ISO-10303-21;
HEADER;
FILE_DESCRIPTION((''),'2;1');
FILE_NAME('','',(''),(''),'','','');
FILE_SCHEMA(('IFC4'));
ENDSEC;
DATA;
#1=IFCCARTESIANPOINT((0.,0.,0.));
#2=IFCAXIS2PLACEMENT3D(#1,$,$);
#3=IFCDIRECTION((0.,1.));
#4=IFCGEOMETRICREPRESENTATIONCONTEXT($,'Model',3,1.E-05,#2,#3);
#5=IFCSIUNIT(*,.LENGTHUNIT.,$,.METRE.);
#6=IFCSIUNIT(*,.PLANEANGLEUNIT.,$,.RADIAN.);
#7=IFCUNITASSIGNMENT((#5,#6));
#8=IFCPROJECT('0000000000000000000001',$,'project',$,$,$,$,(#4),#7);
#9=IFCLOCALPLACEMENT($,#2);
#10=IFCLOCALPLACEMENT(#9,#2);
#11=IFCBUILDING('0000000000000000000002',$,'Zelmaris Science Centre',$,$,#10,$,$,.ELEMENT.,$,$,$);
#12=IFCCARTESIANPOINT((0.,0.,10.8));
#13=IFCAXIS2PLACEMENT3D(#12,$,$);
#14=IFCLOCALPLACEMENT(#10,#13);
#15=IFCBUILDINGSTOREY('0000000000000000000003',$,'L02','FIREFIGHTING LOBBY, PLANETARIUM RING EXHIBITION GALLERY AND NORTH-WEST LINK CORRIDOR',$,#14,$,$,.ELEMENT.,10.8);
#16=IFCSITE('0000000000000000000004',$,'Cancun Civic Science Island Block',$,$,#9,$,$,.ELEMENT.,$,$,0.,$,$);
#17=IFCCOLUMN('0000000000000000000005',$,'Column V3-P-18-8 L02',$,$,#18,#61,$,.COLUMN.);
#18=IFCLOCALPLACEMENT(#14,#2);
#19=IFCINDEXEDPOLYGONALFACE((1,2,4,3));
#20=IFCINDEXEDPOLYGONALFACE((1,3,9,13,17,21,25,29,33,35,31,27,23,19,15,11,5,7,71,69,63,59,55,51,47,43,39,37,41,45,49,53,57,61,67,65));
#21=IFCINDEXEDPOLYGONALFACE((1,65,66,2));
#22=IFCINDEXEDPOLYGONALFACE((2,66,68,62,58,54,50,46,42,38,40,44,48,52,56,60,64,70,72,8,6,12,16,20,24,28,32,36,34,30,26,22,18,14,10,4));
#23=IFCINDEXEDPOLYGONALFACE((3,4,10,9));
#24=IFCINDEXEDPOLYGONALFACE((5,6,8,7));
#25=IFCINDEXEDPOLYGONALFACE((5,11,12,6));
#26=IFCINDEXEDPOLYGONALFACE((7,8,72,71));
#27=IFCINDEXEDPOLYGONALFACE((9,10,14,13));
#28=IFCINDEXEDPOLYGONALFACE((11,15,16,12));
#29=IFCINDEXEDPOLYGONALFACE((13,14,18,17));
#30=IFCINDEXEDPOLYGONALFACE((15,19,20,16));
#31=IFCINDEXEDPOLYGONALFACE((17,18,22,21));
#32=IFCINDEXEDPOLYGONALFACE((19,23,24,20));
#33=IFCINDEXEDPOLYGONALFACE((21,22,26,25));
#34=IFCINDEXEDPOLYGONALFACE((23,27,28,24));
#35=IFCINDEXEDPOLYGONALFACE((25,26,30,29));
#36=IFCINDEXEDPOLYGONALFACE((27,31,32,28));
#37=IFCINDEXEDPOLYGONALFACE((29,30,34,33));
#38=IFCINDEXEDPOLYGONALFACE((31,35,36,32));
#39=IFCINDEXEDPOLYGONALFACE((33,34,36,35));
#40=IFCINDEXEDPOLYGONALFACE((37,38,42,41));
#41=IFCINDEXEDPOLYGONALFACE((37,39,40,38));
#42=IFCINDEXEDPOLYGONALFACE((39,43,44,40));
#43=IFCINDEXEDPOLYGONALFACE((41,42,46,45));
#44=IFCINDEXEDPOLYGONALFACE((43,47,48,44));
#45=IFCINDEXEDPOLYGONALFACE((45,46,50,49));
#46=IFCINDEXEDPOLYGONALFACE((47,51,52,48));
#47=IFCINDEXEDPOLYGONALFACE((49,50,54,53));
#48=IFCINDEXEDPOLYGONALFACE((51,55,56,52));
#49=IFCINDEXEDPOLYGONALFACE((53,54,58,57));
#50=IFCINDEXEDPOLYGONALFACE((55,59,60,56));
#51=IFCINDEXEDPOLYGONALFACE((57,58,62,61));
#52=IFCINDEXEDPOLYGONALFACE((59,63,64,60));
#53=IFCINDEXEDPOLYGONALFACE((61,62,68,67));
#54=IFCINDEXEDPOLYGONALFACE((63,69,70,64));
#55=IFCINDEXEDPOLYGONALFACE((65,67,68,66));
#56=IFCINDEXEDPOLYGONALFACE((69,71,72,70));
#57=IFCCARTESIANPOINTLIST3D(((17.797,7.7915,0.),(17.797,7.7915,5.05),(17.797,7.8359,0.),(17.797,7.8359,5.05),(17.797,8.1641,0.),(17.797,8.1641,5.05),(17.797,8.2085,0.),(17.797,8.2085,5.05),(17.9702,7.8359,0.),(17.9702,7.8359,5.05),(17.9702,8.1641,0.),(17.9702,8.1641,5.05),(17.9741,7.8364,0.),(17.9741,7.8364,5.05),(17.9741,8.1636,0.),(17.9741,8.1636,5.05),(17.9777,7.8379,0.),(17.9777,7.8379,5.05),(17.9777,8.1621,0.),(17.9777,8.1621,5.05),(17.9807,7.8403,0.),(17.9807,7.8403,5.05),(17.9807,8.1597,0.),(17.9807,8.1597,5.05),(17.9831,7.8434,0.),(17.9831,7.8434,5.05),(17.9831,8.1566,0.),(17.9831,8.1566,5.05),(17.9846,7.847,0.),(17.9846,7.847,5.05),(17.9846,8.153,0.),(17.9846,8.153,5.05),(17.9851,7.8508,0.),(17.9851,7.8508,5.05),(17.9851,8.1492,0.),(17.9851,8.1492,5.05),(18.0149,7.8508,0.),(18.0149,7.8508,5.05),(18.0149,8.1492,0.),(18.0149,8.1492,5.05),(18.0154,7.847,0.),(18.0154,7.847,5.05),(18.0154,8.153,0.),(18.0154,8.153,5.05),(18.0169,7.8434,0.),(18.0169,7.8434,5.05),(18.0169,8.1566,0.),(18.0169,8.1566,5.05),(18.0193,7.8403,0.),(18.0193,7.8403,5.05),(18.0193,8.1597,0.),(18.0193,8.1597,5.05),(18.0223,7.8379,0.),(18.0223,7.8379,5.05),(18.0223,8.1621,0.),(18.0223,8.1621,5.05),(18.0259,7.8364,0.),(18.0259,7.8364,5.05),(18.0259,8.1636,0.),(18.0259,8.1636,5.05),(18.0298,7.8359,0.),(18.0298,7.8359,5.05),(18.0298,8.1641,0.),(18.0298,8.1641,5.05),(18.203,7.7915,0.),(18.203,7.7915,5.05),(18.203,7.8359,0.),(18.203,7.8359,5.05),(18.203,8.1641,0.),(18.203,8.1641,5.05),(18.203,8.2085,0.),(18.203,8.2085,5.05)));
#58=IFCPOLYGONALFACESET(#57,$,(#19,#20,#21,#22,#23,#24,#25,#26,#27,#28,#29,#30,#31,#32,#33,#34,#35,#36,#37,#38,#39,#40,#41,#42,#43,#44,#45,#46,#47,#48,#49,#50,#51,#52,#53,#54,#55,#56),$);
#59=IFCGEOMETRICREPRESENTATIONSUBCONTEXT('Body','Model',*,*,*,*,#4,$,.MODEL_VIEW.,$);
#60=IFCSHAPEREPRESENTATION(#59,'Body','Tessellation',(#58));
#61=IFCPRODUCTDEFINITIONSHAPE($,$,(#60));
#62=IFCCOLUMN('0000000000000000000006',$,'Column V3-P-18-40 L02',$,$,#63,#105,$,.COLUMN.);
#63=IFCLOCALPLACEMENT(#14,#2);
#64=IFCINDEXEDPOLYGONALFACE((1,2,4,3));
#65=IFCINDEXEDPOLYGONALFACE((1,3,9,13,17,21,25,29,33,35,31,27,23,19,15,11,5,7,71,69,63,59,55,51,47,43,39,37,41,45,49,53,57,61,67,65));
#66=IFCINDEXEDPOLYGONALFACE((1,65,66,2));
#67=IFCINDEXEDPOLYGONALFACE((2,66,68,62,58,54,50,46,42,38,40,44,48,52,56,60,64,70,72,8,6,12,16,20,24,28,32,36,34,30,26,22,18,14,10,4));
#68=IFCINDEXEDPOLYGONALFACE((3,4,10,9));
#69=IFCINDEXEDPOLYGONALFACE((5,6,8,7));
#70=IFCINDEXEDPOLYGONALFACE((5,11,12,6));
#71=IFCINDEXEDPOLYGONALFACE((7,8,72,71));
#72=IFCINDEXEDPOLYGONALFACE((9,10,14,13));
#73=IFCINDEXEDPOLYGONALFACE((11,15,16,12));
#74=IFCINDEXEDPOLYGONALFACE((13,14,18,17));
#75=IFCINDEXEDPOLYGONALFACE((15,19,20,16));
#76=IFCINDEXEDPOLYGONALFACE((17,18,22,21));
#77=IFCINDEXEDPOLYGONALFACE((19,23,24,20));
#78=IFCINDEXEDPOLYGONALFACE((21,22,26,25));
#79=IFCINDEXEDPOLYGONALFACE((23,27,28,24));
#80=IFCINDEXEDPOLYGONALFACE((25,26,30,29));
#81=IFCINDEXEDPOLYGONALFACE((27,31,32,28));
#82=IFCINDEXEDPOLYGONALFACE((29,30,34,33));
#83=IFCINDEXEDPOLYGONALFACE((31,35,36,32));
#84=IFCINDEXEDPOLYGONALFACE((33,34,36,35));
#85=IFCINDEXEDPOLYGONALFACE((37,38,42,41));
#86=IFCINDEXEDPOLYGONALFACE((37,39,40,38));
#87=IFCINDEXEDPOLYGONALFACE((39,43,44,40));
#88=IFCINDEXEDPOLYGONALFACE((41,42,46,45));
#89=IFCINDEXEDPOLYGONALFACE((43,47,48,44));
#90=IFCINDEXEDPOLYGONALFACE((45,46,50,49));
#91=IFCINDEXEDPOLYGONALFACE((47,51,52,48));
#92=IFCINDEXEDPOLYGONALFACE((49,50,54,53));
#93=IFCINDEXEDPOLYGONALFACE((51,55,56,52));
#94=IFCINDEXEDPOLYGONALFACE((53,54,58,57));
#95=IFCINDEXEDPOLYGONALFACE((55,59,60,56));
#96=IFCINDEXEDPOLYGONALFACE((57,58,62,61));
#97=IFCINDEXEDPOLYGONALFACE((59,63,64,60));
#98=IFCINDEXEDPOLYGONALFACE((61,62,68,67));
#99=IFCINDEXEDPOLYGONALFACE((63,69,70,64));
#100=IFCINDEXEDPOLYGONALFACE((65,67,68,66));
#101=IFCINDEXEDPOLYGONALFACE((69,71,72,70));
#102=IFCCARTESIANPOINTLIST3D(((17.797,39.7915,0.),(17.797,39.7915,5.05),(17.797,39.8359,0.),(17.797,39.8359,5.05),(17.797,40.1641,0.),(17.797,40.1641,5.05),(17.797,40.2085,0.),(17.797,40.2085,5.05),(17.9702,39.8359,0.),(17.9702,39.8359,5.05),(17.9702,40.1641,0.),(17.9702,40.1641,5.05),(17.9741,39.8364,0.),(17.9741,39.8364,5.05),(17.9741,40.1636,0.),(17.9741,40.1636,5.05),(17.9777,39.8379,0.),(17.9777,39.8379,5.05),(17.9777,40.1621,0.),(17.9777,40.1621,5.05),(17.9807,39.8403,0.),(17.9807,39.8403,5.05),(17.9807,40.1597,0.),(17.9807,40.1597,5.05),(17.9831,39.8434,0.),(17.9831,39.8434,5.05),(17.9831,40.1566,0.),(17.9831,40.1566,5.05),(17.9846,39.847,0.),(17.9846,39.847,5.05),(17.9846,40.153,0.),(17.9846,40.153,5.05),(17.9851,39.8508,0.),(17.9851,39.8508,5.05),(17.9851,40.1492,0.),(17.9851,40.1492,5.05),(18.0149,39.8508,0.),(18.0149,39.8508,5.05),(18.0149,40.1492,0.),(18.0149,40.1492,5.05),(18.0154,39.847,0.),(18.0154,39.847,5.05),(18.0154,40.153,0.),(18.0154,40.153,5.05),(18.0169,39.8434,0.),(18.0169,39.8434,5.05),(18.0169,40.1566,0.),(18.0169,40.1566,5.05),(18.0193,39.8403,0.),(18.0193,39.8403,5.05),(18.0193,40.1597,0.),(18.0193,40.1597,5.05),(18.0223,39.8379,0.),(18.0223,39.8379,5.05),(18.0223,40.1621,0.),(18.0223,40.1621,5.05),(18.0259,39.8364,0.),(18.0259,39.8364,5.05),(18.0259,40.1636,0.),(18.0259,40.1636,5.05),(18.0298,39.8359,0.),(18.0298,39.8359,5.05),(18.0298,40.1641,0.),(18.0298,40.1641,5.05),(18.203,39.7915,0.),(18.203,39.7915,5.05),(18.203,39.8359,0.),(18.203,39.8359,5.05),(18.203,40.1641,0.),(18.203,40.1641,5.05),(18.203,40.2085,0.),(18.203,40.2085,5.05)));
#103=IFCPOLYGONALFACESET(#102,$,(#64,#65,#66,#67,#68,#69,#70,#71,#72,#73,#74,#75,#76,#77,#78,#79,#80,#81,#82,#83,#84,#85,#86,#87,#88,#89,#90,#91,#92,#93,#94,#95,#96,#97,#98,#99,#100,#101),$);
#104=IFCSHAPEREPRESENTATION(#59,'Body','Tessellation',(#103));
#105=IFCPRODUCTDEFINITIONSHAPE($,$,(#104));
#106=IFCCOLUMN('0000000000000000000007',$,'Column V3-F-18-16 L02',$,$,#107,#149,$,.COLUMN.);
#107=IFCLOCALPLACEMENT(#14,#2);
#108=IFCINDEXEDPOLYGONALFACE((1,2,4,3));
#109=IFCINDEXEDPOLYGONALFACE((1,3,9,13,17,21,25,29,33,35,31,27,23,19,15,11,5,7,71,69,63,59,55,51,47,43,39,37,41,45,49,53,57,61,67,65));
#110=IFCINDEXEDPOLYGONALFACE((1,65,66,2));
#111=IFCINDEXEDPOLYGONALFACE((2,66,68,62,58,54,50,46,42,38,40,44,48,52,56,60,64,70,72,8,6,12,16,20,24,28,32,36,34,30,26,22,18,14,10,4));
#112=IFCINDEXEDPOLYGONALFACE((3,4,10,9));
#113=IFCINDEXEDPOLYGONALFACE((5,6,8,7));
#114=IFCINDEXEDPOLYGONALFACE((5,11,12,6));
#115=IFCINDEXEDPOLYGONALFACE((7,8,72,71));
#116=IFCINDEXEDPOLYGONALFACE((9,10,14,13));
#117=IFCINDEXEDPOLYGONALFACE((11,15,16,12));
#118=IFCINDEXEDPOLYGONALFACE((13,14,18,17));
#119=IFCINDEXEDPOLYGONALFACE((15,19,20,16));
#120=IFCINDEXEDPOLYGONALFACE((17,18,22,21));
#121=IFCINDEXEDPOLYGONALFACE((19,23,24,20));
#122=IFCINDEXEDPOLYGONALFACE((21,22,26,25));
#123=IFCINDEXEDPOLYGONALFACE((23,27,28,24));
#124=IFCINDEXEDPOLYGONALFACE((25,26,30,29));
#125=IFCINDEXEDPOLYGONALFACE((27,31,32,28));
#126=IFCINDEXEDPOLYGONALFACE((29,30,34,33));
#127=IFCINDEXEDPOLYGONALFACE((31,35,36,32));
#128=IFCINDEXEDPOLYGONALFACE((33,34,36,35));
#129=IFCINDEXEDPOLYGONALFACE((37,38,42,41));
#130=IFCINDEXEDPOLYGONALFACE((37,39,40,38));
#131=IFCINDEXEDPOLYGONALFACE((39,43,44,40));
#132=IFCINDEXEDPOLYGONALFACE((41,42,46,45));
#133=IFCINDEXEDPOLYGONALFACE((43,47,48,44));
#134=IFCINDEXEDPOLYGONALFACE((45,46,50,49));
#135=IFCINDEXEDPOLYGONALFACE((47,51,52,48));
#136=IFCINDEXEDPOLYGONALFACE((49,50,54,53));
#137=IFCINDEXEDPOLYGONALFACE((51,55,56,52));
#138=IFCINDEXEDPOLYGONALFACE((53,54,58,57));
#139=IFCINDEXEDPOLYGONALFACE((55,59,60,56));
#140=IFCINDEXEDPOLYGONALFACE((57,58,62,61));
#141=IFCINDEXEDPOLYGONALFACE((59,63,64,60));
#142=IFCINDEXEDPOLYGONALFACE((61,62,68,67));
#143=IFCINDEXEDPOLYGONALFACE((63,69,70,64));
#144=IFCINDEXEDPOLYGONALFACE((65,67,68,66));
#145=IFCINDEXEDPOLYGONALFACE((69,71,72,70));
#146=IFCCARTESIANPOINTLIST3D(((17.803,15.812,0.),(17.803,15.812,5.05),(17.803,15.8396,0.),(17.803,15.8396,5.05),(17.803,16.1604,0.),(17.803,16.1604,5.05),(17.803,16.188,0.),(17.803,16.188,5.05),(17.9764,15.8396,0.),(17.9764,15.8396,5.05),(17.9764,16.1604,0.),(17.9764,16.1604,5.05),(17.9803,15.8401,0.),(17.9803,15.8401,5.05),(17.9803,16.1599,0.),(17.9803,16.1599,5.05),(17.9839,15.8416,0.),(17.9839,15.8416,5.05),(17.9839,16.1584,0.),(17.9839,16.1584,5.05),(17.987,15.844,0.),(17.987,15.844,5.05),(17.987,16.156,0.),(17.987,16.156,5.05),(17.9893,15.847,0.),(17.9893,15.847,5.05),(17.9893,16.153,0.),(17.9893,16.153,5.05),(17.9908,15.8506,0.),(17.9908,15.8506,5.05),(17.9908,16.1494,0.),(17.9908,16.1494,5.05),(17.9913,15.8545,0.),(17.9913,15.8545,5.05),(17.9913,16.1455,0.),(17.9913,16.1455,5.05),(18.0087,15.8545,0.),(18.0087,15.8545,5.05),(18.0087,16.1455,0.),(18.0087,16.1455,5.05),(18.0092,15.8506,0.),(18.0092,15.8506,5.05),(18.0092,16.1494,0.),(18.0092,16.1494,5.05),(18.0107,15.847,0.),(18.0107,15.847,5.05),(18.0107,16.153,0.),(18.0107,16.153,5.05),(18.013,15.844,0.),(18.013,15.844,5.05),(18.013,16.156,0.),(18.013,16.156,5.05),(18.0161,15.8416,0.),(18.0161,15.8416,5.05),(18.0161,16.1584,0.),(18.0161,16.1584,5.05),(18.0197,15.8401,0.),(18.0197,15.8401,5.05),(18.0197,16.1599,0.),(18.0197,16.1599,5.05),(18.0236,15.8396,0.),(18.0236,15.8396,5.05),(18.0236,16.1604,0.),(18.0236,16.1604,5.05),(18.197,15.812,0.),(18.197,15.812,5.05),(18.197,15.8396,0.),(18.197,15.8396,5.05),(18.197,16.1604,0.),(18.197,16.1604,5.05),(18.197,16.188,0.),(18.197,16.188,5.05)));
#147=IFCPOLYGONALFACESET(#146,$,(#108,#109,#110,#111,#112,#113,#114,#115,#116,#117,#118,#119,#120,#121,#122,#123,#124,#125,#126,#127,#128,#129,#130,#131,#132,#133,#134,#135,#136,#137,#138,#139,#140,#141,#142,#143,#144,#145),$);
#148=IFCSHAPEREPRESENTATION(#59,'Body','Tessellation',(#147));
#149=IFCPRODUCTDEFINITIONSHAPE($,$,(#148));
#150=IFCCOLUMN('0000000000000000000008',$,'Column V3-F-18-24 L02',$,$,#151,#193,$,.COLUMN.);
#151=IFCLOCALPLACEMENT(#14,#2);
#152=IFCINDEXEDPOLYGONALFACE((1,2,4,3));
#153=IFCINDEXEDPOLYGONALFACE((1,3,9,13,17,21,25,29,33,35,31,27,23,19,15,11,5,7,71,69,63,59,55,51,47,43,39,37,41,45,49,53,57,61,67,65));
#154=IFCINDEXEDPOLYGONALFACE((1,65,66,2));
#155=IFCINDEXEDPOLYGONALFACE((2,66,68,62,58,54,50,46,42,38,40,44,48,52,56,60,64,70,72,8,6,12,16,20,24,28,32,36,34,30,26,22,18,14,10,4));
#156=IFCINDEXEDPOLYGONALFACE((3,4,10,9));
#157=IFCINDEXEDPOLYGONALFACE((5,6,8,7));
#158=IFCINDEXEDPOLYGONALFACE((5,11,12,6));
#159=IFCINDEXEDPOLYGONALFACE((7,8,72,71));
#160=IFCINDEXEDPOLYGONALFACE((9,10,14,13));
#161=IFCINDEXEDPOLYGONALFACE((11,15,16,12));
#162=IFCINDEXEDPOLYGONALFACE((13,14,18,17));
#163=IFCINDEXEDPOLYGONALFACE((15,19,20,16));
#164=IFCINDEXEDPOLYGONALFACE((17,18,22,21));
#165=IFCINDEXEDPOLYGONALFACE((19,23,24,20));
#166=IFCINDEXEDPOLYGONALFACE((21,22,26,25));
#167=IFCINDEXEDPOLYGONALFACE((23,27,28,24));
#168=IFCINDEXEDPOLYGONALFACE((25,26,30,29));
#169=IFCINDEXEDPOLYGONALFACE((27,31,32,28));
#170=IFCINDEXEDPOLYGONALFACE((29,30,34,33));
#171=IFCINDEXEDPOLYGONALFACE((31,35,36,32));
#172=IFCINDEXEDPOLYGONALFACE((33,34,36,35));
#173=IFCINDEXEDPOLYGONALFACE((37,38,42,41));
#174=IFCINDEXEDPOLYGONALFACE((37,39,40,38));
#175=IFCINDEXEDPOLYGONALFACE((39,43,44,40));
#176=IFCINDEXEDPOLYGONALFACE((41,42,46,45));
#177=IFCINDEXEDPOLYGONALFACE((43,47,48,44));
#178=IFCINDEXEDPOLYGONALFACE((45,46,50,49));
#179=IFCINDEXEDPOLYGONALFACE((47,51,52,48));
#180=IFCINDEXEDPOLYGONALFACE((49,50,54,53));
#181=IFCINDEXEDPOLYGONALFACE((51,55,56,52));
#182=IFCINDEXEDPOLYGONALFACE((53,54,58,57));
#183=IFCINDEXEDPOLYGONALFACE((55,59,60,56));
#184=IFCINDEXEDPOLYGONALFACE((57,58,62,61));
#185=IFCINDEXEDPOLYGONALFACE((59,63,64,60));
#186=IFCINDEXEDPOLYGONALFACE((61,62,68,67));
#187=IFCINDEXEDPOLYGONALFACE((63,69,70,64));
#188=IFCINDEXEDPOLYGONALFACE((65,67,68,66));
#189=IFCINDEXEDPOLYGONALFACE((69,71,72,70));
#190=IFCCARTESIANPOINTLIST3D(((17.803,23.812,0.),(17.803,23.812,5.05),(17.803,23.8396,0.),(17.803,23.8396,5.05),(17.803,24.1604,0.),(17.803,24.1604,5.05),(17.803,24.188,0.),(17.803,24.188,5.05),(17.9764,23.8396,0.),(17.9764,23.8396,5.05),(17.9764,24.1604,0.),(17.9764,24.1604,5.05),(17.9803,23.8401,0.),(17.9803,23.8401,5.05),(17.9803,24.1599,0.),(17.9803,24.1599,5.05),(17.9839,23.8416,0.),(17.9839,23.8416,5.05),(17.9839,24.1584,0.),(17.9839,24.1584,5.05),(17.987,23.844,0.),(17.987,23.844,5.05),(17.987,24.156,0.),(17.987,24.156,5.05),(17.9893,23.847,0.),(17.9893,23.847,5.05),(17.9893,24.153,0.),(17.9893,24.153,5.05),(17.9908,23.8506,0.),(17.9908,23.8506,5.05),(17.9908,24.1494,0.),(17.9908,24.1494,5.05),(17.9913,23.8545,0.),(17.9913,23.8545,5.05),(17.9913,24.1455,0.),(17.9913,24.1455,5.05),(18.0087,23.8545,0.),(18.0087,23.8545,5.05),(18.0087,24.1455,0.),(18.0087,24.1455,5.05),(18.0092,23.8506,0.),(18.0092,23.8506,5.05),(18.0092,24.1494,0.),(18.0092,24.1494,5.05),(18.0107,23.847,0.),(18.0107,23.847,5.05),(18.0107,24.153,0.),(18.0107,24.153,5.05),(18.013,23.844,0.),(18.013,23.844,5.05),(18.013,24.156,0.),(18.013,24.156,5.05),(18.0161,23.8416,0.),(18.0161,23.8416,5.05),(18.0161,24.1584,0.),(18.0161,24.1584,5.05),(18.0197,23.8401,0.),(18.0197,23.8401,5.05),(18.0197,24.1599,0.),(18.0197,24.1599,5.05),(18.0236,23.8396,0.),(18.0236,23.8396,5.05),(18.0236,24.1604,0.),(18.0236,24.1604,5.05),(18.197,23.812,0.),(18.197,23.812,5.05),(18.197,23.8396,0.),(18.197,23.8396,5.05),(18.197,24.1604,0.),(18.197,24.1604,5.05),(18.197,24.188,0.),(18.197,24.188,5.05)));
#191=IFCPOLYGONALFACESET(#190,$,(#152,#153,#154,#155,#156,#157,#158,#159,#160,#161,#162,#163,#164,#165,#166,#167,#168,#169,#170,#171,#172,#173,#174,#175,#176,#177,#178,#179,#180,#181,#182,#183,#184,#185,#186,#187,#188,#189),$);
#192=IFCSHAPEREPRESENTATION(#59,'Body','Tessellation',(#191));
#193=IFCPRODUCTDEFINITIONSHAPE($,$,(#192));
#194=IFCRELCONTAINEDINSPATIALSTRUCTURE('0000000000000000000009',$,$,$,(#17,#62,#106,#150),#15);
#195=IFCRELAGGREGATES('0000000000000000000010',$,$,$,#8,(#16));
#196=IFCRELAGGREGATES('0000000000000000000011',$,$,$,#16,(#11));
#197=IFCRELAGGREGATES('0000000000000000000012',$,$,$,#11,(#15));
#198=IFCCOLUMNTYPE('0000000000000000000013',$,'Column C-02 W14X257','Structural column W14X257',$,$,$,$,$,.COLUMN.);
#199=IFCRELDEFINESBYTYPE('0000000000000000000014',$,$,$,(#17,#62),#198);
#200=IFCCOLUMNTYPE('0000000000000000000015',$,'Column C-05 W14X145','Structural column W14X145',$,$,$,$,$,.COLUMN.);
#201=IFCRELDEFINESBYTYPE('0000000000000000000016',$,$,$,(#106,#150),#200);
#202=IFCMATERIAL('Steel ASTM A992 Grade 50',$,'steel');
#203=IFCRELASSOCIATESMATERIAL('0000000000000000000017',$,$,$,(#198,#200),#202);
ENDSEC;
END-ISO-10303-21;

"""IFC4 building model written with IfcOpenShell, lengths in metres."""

from ifc_helpers import new_model, si_unit, direction, frame, origin, origin_2d, place, context, subcontext, project, spatial, i_section, extrude, material, material_profile, profile_set, type_object, element, save


model = new_model("IFC4")

# Units and contexts
model_context = context("Model", 3, precision=1e-05, world=origin(), true_north=direction((0.0, 1.0)))
body_context = subcontext(model_context, "Body", "Model", "MODEL_VIEW")
ifc_project = project(units=[si_unit("LENGTHUNIT", "METRE"), si_unit("PLANEANGLEUNIT", "RADIAN")], contexts=[model_context])

# Site, building, storey
site_placement = place(None, origin())
site = spatial("IfcSite", under=ifc_project, at=site_placement, Name="Cancun Civic Science Island Block", CompositionType="ELEMENT", RefElevation=0.0)
building_placement = place(site_placement, origin())
building = spatial("IfcBuilding", under=site, at=building_placement, Name="Zelmaris Science Centre", CompositionType="ELEMENT")
storey_placement = place(building_placement, frame((0.0, 0.0, 10.8)))
storey = spatial("IfcBuildingStorey", under=building, at=storey_placement, Name="L02", Description="FIREFIGHTING LOBBY, PLANETARIUM RING EXHIBITION GALLERY AND NORTH-WEST LINK CORRIDOR", CompositionType="ELEMENT", Elevation=10.8)

# Columns
ifc_material_1 = material(Name="Steel ASTM A992 Grade 50", Category="steel")
ifc_material_profile_1 = material_profile(ifc_material_1, i_section(OverallWidth=0.406, OverallDepth=0.417, WebThickness=0.0298, FlangeThickness=0.0444, FilletRadius=0.0149, at=origin_2d()), Name="W14X257")
ifc_profile_set_1 = profile_set([ifc_material_profile_1], Name="Steel ASTM A992 Grade 50")
column_type_1 = type_object("IfcColumnType", Name="Column C-02 W14X257", Description="Structural column W14X257", PredefinedType="COLUMN", material=ifc_profile_set_1)
for number, where, z_axis, x_axis, name in (
    (1, (18.0, 8.0, 0.0), (0.0, 0.0, 1.0), (1.0, 0.0, 0.0), "Column V3-P-18-8 L02"),
    (2, (18.0, 40.0, 0.0), (0.0, 0.0, 1.0), (1.0, 0.0, 0.0), "Column V3-P-18-40 L02"),
):
    element("IfcColumn", number, at=place(storey_placement, frame(where, z_axis=z_axis, x_axis=x_axis)), inside=storey, type_object=column_type_1, Name=name, PredefinedType="COLUMN", context=body_context, shape_type="SweptSolid", body=[
        extrude(i_section(OverallWidth=0.406, OverallDepth=0.417, WebThickness=0.0298, FlangeThickness=0.0444, FilletRadius=0.0149, at=origin_2d()), origin(), (0.0, 0.0, 1.0), 5.05),
    ])
ifc_material_profile_2 = material_profile(ifc_material_1, i_section(OverallWidth=0.394, OverallDepth=0.376, WebThickness=0.0173, FlangeThickness=0.0276, FilletRadius=0.0149, at=origin_2d()), Name="W14X145")
ifc_profile_set_2 = profile_set([ifc_material_profile_2], Name="Steel ASTM A992 Grade 50")
column_type_2 = type_object("IfcColumnType", Name="Column C-05 W14X145", Description="Structural column W14X145", PredefinedType="COLUMN", material=ifc_profile_set_2)
for number, where, z_axis, x_axis, name in (
    (3, (18.0, 16.0, 0.0), (0.0, 0.0, 1.0), (1.0, 0.0, 0.0), "Column V3-F-18-16 L02"),
    (4, (18.0, 24.0, 0.0), (0.0, 0.0, 1.0), (1.0, 0.0, 0.0), "Column V3-F-18-24 L02"),
):
    element("IfcColumn", number, at=place(storey_placement, frame(where, z_axis=z_axis, x_axis=x_axis)), inside=storey, type_object=column_type_2, Name=name, PredefinedType="COLUMN", context=body_context, shape_type="SweptSolid", body=[
        extrude(i_section(OverallWidth=0.394, OverallDepth=0.376, WebThickness=0.0173, FlangeThickness=0.0276, FilletRadius=0.0149, at=origin_2d()), origin(), (0.0, 0.0, 1.0), 5.05),
    ])

save(model, "model.ifc")
